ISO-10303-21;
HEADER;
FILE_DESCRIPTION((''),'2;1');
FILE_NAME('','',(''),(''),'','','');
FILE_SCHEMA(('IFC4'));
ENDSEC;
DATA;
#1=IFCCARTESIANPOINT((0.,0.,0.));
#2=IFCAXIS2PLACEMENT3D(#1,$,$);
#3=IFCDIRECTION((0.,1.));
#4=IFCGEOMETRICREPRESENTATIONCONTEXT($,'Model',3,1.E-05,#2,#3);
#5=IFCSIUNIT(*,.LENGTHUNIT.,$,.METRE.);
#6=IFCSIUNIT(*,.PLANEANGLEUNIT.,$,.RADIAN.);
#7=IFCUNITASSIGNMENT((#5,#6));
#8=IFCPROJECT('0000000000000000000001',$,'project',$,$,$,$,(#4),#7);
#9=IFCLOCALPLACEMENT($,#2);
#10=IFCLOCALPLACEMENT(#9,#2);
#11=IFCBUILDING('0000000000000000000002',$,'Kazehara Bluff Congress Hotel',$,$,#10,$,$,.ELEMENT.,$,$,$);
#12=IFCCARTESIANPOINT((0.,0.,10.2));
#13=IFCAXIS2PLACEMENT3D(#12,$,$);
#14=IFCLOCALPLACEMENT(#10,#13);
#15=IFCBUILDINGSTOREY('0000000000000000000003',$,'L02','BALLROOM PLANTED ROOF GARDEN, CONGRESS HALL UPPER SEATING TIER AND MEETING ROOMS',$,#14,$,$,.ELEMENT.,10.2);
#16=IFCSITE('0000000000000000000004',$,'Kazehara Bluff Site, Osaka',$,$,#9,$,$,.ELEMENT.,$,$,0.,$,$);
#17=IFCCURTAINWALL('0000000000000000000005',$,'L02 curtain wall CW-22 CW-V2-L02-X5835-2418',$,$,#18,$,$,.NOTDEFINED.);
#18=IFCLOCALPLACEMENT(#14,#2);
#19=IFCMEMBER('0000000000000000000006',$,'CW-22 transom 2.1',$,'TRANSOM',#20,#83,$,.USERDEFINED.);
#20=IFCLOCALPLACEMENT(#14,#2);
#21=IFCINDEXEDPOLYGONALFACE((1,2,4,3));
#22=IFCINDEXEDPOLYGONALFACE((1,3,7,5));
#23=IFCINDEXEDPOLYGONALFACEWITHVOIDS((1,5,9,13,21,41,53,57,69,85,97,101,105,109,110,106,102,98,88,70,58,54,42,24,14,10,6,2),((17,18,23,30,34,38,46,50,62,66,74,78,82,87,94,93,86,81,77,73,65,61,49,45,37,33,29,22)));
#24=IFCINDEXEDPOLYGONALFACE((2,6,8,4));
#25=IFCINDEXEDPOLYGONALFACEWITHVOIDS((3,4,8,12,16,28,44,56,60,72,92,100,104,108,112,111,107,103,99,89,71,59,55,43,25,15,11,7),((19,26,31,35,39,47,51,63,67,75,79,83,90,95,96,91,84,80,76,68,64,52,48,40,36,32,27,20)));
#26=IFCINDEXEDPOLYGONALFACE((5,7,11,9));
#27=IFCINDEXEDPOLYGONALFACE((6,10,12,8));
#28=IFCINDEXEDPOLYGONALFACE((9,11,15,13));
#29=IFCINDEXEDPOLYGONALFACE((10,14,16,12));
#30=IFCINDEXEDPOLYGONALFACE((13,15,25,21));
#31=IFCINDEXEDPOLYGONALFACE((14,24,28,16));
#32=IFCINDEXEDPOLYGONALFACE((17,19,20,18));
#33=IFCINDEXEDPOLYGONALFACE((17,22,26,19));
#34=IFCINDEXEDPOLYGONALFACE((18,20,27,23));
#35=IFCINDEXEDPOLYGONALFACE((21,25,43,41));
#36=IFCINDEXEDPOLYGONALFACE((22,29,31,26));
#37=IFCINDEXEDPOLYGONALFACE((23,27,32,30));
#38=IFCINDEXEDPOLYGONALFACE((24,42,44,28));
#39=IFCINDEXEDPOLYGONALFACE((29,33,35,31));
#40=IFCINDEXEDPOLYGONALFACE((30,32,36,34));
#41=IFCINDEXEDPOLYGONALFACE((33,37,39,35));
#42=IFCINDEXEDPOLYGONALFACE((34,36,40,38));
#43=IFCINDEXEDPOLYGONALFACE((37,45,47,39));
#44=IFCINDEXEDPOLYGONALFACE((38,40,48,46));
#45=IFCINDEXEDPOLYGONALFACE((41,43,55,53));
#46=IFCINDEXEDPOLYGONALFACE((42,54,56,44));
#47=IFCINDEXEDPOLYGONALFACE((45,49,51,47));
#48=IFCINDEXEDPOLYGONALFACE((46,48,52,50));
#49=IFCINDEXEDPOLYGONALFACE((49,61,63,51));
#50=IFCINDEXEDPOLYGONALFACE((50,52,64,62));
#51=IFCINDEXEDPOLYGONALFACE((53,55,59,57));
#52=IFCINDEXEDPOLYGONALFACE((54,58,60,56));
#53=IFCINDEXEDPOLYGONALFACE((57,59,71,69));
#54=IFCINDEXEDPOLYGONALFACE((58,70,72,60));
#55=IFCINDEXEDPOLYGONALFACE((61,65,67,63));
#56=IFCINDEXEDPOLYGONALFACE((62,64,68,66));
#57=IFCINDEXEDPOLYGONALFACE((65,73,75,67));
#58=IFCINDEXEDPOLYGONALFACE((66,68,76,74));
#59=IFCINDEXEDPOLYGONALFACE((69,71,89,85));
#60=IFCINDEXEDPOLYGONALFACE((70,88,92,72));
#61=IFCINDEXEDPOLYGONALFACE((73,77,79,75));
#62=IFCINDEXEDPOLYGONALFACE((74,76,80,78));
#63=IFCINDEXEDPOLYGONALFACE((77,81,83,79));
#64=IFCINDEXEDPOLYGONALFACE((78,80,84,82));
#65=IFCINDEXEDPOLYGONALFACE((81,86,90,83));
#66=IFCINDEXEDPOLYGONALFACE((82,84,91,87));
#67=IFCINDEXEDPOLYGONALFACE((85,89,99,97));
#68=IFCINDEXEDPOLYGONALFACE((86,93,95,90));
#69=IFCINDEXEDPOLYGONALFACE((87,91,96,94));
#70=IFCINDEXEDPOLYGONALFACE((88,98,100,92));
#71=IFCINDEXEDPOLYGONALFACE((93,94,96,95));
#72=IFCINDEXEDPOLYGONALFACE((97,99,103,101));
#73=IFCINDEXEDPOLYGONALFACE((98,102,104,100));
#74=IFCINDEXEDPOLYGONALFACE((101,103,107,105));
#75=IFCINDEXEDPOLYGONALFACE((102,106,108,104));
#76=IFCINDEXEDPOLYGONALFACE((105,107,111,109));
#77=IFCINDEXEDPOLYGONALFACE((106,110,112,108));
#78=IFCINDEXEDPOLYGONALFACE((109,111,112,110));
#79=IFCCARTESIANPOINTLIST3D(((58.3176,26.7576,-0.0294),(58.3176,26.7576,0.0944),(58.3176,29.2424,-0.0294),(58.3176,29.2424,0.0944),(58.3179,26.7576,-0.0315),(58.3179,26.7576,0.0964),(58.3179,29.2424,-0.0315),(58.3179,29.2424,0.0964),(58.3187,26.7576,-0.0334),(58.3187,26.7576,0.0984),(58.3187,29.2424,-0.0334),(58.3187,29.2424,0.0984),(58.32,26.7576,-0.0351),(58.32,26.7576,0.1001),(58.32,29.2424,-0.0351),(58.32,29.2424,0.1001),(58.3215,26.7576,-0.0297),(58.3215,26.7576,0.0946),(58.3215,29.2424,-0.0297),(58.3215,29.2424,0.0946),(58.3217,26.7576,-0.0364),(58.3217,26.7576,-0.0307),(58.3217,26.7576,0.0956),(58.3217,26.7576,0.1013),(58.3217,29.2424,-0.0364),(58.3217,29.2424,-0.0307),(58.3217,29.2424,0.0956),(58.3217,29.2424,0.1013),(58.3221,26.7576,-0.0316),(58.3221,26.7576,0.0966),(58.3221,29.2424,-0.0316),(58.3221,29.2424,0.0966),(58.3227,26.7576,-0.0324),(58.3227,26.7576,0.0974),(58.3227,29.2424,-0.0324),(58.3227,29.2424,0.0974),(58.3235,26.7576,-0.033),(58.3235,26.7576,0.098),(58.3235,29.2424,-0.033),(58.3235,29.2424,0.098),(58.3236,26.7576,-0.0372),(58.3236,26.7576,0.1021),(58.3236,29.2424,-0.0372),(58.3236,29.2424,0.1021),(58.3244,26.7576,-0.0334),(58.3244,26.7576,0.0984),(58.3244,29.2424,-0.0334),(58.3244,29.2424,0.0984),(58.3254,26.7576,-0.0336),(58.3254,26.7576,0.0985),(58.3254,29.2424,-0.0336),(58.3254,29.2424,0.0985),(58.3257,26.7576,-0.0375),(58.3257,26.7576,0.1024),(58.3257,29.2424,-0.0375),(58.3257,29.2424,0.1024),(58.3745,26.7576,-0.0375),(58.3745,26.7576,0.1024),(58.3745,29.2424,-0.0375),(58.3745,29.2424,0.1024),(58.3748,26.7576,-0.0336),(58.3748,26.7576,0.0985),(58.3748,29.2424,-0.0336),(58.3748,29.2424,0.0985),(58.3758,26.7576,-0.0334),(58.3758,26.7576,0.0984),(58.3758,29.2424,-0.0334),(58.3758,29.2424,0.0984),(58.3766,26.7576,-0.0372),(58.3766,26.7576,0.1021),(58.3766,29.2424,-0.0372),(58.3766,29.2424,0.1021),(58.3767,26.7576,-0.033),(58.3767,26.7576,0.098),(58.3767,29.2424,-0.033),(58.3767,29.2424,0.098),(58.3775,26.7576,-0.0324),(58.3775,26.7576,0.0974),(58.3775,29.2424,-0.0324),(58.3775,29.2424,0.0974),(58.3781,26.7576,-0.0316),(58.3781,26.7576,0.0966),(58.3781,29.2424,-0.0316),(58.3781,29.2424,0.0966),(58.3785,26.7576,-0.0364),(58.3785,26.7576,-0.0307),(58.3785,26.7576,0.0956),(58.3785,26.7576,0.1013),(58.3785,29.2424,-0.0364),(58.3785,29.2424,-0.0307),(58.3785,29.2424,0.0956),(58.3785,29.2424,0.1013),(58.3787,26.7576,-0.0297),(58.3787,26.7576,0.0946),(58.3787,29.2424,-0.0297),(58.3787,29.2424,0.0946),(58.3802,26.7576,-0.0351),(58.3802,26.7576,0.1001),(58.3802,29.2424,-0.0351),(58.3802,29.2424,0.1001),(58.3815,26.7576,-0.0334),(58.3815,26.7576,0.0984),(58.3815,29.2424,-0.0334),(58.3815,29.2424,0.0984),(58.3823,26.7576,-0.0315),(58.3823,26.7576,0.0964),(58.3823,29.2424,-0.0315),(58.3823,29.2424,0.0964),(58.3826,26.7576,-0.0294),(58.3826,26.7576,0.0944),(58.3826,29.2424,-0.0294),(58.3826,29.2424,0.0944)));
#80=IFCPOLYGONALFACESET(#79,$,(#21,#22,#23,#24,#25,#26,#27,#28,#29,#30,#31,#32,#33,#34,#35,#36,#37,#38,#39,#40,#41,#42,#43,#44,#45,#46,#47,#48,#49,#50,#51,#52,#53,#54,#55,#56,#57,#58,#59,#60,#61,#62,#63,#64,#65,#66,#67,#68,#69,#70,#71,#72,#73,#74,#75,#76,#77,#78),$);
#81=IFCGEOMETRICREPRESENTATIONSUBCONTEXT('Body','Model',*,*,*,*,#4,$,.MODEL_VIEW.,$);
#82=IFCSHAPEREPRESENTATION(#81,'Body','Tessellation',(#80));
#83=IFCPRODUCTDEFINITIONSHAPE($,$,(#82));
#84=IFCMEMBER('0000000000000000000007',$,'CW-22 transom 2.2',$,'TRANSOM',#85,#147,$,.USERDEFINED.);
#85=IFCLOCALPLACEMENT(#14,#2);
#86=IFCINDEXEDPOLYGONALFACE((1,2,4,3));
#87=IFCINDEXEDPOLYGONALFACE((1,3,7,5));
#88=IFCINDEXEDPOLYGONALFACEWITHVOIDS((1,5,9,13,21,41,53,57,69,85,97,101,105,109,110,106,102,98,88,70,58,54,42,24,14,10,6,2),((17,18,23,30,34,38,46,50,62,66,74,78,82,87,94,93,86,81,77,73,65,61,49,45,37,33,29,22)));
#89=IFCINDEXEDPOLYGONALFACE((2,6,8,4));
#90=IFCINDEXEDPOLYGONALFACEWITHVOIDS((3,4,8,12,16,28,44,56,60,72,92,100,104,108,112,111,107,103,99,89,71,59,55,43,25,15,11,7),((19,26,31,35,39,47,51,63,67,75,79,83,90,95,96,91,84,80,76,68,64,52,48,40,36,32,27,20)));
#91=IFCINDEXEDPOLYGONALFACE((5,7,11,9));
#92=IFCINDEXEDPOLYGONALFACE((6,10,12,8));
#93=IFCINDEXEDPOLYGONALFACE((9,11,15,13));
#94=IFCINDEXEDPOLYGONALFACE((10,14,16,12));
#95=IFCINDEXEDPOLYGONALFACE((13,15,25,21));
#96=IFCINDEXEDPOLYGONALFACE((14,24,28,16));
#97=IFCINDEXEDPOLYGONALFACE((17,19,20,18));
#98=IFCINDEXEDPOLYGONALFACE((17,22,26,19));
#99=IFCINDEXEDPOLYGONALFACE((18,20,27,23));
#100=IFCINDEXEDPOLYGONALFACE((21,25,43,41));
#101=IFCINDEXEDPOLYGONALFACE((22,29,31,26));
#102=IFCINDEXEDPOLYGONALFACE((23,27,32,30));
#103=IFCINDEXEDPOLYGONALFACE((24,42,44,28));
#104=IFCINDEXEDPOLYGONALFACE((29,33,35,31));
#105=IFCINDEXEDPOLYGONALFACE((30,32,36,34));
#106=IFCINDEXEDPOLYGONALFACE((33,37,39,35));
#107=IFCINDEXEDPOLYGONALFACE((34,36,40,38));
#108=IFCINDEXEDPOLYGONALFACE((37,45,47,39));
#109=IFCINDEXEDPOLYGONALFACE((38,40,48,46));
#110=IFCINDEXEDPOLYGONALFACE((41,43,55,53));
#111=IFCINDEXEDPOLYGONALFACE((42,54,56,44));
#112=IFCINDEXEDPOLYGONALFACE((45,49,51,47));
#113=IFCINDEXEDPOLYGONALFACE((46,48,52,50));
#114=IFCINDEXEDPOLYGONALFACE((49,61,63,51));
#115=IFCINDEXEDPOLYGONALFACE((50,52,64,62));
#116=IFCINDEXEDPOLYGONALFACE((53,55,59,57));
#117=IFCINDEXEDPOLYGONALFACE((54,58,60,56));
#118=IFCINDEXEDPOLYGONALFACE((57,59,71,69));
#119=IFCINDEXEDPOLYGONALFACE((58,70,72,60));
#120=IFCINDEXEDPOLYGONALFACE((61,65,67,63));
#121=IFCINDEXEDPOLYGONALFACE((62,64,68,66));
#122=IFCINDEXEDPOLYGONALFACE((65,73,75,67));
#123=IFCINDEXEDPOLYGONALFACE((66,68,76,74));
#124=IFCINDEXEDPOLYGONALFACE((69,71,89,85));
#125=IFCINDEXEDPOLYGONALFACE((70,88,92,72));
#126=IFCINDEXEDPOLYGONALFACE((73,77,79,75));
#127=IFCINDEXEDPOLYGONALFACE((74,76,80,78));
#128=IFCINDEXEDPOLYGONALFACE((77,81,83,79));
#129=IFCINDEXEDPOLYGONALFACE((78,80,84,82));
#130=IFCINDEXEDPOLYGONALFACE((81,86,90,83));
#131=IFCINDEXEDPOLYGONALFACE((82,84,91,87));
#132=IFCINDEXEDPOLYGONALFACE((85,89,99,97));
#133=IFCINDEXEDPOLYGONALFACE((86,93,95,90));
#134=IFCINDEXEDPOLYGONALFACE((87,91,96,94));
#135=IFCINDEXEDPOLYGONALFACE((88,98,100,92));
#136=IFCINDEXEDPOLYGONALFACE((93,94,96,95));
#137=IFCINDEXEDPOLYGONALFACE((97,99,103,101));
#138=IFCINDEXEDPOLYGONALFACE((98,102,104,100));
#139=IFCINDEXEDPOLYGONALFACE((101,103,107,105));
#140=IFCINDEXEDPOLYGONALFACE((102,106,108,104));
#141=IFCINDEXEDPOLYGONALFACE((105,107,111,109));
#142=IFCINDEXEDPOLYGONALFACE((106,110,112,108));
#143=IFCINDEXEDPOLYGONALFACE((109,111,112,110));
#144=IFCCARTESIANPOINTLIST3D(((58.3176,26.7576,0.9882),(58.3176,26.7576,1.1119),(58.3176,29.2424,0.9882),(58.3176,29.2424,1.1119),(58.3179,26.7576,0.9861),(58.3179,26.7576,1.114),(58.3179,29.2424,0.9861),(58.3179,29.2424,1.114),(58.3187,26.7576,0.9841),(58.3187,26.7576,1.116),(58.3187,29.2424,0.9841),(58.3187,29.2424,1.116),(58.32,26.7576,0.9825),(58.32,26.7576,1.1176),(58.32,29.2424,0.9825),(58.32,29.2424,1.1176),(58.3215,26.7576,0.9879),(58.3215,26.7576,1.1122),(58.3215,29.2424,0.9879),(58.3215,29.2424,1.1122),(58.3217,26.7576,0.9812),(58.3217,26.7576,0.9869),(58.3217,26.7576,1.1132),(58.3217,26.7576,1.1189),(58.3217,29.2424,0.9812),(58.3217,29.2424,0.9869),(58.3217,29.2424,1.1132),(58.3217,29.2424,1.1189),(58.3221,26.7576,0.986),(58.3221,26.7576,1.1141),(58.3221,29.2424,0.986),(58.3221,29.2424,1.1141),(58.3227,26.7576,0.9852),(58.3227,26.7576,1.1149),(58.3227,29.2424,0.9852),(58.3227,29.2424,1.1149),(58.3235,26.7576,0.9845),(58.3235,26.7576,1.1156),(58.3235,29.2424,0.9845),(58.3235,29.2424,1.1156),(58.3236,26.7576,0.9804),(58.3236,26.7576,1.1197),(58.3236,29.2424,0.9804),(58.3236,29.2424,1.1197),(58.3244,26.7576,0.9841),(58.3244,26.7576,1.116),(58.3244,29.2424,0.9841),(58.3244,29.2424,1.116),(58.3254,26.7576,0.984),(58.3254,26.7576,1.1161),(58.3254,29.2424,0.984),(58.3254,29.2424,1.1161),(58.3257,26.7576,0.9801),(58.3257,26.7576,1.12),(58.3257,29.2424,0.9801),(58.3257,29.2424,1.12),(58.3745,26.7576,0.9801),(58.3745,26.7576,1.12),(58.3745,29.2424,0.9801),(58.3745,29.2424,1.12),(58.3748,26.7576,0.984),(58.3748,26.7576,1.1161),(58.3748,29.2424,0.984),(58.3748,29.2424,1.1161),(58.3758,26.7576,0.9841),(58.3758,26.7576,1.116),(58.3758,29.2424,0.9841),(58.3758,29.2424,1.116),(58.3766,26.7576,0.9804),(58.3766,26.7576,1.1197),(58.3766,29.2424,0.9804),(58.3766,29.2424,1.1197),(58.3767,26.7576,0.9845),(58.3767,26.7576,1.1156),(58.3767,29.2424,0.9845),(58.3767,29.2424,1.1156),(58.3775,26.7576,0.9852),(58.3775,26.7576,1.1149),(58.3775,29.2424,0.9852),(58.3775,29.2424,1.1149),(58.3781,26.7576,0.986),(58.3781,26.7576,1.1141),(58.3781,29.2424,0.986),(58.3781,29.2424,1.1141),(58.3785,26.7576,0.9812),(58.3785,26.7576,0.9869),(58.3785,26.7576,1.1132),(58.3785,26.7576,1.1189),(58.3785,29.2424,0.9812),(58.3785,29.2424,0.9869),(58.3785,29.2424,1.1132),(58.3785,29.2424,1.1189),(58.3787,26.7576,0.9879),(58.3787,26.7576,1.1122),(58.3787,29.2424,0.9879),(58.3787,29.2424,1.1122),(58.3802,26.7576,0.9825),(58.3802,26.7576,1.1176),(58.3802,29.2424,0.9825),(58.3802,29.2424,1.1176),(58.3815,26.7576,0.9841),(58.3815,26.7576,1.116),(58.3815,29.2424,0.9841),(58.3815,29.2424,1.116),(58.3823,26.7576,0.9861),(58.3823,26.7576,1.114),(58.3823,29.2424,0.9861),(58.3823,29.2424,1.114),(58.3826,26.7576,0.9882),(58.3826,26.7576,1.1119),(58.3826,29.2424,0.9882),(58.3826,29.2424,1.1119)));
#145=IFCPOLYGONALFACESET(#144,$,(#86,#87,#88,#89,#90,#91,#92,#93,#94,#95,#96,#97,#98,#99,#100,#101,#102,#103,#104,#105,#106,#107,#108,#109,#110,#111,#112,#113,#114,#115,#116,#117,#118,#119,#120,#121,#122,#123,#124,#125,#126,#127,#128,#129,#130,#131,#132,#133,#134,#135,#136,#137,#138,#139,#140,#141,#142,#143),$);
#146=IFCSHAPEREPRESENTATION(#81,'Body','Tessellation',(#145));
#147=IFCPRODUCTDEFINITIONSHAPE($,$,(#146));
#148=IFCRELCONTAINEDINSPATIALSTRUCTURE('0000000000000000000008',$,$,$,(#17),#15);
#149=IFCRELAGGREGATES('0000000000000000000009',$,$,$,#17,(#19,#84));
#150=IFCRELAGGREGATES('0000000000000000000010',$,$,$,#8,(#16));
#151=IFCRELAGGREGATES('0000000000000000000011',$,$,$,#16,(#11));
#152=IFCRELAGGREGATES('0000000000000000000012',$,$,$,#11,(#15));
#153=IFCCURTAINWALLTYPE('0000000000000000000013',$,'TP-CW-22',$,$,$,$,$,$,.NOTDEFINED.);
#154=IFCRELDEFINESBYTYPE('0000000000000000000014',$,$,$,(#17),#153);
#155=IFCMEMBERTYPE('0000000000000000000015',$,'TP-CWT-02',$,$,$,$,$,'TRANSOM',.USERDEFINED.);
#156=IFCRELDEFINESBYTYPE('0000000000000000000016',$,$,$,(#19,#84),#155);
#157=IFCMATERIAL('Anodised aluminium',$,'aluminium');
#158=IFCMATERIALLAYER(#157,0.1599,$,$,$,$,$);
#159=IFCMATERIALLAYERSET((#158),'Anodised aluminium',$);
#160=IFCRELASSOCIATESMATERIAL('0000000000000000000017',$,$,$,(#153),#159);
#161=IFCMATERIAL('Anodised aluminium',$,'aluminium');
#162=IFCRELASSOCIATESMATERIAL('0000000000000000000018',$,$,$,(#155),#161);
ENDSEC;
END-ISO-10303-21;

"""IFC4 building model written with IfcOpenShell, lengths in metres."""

from ifc_helpers import new_model, si_unit, direction, frame, origin, origin_2d, place, context, subcontext, project, spatial, hollow_rectangle, extrude, material, layer, layer_set, material_profile, profile_set, type_object, element, aggregate, save


model = new_model("IFC4")

# Units and contexts
model_context = context("Model", 3, precision=1e-05, world=origin(), true_north=direction((0.0, 1.0)))
body_context = subcontext(model_context, "Body", "Model", "MODEL_VIEW")
ifc_project = project(units=[si_unit("LENGTHUNIT", "METRE"), si_unit("PLANEANGLEUNIT", "RADIAN")], contexts=[model_context])

# Site, building, storey
site_placement = place(None, origin())
site = spatial("IfcSite", under=ifc_project, at=site_placement, Name="Kazehara Bluff Site, Osaka", CompositionType="ELEMENT", RefElevation=0.0)
building_placement = place(site_placement, origin())
building = spatial("IfcBuilding", under=site, at=building_placement, Name="Kazehara Bluff Congress Hotel", CompositionType="ELEMENT")
storey_placement = place(building_placement, frame((0.0, 0.0, 10.2)))
storey = spatial("IfcBuildingStorey", under=building, at=storey_placement, Name="L02", Description="BALLROOM PLANTED ROOF GARDEN, CONGRESS HALL UPPER SEATING TIER AND MEETING ROOMS", CompositionType="ELEMENT", Elevation=10.2)

# Curtain wall
ifc_material_1 = material(Name="Anodised aluminium", Category="aluminium")
ifc_layer_1 = layer(ifc_material_1, 0.1599)
ifc_layer_set_1 = layer_set([ifc_layer_1], Name="Anodised aluminium")
curtain_wall_type_1 = type_object("IfcCurtainWallType", Name="TP-CW-22", PredefinedType="NOTDEFINED", material=ifc_layer_set_1)
curtain_wall_1_placement = place(storey_placement, origin())
curtain_wall_1 = element("IfcCurtainWall", 1, at=curtain_wall_1_placement, inside=storey, type_object=curtain_wall_type_1, Name="L02 curtain wall CW-22 CW-V2-L02-X5835-2418", PredefinedType="NOTDEFINED")

# Members
ifc_material_2 = material(Name="Anodised aluminium", Category="aluminium")
ifc_material_profile_1 = material_profile(ifc_material_2, hollow_rectangle(XDim=0.0649, YDim=0.1399, WallThickness=0.0039, InnerFilletRadius=0.0039, OuterFilletRadius=0.0081, at=origin_2d()))
ifc_profile_set_1 = profile_set([ifc_material_profile_1], Name="Anodised aluminium")
member_type_1 = type_object("IfcMemberType", Name="TP-CWT-02", ElementType="TRANSOM", PredefinedType="USERDEFINED", material=ifc_profile_set_1)
member_1_placement = place(storey_placement, frame((58.3501, 26.7576, 0.0325), z_axis=(0.0, 1.0, 0.0), x_axis=(-1.0, 0.0, 0.0)))
member_1 = element("IfcMember", 2, at=member_1_placement, type_object=member_type_1, Name="CW-22 transom 2.1", ObjectType="TRANSOM", PredefinedType="USERDEFINED", context=body_context, shape_type="SweptSolid", body=[
    extrude(hollow_rectangle(XDim=0.0649, YDim=0.1399, WallThickness=0.0039, InnerFilletRadius=0.0039, OuterFilletRadius=0.0081, at=origin_2d()), origin(), (0.0, 0.0, 1.0), 2.4849),
])
member_2_placement = place(storey_placement, frame((58.3501, 26.7576, 1.05), z_axis=(0.0, 1.0, 0.0), x_axis=(-1.0, 0.0, 0.0)))
member_2 = element("IfcMember", 3, at=member_2_placement, type_object=member_type_1, Name="CW-22 transom 2.2", ObjectType="TRANSOM", PredefinedType="USERDEFINED", context=body_context, shape_type="SweptSolid", body=[
    extrude(hollow_rectangle(XDim=0.0649, YDim=0.1399, WallThickness=0.0039, InnerFilletRadius=0.0039, OuterFilletRadius=0.0081, at=origin_2d()), origin(), (0.0, 0.0, 1.0), 2.4849),
])

aggregate(curtain_wall_1, [member_1, member_2])

save(model, "model.ifc")
